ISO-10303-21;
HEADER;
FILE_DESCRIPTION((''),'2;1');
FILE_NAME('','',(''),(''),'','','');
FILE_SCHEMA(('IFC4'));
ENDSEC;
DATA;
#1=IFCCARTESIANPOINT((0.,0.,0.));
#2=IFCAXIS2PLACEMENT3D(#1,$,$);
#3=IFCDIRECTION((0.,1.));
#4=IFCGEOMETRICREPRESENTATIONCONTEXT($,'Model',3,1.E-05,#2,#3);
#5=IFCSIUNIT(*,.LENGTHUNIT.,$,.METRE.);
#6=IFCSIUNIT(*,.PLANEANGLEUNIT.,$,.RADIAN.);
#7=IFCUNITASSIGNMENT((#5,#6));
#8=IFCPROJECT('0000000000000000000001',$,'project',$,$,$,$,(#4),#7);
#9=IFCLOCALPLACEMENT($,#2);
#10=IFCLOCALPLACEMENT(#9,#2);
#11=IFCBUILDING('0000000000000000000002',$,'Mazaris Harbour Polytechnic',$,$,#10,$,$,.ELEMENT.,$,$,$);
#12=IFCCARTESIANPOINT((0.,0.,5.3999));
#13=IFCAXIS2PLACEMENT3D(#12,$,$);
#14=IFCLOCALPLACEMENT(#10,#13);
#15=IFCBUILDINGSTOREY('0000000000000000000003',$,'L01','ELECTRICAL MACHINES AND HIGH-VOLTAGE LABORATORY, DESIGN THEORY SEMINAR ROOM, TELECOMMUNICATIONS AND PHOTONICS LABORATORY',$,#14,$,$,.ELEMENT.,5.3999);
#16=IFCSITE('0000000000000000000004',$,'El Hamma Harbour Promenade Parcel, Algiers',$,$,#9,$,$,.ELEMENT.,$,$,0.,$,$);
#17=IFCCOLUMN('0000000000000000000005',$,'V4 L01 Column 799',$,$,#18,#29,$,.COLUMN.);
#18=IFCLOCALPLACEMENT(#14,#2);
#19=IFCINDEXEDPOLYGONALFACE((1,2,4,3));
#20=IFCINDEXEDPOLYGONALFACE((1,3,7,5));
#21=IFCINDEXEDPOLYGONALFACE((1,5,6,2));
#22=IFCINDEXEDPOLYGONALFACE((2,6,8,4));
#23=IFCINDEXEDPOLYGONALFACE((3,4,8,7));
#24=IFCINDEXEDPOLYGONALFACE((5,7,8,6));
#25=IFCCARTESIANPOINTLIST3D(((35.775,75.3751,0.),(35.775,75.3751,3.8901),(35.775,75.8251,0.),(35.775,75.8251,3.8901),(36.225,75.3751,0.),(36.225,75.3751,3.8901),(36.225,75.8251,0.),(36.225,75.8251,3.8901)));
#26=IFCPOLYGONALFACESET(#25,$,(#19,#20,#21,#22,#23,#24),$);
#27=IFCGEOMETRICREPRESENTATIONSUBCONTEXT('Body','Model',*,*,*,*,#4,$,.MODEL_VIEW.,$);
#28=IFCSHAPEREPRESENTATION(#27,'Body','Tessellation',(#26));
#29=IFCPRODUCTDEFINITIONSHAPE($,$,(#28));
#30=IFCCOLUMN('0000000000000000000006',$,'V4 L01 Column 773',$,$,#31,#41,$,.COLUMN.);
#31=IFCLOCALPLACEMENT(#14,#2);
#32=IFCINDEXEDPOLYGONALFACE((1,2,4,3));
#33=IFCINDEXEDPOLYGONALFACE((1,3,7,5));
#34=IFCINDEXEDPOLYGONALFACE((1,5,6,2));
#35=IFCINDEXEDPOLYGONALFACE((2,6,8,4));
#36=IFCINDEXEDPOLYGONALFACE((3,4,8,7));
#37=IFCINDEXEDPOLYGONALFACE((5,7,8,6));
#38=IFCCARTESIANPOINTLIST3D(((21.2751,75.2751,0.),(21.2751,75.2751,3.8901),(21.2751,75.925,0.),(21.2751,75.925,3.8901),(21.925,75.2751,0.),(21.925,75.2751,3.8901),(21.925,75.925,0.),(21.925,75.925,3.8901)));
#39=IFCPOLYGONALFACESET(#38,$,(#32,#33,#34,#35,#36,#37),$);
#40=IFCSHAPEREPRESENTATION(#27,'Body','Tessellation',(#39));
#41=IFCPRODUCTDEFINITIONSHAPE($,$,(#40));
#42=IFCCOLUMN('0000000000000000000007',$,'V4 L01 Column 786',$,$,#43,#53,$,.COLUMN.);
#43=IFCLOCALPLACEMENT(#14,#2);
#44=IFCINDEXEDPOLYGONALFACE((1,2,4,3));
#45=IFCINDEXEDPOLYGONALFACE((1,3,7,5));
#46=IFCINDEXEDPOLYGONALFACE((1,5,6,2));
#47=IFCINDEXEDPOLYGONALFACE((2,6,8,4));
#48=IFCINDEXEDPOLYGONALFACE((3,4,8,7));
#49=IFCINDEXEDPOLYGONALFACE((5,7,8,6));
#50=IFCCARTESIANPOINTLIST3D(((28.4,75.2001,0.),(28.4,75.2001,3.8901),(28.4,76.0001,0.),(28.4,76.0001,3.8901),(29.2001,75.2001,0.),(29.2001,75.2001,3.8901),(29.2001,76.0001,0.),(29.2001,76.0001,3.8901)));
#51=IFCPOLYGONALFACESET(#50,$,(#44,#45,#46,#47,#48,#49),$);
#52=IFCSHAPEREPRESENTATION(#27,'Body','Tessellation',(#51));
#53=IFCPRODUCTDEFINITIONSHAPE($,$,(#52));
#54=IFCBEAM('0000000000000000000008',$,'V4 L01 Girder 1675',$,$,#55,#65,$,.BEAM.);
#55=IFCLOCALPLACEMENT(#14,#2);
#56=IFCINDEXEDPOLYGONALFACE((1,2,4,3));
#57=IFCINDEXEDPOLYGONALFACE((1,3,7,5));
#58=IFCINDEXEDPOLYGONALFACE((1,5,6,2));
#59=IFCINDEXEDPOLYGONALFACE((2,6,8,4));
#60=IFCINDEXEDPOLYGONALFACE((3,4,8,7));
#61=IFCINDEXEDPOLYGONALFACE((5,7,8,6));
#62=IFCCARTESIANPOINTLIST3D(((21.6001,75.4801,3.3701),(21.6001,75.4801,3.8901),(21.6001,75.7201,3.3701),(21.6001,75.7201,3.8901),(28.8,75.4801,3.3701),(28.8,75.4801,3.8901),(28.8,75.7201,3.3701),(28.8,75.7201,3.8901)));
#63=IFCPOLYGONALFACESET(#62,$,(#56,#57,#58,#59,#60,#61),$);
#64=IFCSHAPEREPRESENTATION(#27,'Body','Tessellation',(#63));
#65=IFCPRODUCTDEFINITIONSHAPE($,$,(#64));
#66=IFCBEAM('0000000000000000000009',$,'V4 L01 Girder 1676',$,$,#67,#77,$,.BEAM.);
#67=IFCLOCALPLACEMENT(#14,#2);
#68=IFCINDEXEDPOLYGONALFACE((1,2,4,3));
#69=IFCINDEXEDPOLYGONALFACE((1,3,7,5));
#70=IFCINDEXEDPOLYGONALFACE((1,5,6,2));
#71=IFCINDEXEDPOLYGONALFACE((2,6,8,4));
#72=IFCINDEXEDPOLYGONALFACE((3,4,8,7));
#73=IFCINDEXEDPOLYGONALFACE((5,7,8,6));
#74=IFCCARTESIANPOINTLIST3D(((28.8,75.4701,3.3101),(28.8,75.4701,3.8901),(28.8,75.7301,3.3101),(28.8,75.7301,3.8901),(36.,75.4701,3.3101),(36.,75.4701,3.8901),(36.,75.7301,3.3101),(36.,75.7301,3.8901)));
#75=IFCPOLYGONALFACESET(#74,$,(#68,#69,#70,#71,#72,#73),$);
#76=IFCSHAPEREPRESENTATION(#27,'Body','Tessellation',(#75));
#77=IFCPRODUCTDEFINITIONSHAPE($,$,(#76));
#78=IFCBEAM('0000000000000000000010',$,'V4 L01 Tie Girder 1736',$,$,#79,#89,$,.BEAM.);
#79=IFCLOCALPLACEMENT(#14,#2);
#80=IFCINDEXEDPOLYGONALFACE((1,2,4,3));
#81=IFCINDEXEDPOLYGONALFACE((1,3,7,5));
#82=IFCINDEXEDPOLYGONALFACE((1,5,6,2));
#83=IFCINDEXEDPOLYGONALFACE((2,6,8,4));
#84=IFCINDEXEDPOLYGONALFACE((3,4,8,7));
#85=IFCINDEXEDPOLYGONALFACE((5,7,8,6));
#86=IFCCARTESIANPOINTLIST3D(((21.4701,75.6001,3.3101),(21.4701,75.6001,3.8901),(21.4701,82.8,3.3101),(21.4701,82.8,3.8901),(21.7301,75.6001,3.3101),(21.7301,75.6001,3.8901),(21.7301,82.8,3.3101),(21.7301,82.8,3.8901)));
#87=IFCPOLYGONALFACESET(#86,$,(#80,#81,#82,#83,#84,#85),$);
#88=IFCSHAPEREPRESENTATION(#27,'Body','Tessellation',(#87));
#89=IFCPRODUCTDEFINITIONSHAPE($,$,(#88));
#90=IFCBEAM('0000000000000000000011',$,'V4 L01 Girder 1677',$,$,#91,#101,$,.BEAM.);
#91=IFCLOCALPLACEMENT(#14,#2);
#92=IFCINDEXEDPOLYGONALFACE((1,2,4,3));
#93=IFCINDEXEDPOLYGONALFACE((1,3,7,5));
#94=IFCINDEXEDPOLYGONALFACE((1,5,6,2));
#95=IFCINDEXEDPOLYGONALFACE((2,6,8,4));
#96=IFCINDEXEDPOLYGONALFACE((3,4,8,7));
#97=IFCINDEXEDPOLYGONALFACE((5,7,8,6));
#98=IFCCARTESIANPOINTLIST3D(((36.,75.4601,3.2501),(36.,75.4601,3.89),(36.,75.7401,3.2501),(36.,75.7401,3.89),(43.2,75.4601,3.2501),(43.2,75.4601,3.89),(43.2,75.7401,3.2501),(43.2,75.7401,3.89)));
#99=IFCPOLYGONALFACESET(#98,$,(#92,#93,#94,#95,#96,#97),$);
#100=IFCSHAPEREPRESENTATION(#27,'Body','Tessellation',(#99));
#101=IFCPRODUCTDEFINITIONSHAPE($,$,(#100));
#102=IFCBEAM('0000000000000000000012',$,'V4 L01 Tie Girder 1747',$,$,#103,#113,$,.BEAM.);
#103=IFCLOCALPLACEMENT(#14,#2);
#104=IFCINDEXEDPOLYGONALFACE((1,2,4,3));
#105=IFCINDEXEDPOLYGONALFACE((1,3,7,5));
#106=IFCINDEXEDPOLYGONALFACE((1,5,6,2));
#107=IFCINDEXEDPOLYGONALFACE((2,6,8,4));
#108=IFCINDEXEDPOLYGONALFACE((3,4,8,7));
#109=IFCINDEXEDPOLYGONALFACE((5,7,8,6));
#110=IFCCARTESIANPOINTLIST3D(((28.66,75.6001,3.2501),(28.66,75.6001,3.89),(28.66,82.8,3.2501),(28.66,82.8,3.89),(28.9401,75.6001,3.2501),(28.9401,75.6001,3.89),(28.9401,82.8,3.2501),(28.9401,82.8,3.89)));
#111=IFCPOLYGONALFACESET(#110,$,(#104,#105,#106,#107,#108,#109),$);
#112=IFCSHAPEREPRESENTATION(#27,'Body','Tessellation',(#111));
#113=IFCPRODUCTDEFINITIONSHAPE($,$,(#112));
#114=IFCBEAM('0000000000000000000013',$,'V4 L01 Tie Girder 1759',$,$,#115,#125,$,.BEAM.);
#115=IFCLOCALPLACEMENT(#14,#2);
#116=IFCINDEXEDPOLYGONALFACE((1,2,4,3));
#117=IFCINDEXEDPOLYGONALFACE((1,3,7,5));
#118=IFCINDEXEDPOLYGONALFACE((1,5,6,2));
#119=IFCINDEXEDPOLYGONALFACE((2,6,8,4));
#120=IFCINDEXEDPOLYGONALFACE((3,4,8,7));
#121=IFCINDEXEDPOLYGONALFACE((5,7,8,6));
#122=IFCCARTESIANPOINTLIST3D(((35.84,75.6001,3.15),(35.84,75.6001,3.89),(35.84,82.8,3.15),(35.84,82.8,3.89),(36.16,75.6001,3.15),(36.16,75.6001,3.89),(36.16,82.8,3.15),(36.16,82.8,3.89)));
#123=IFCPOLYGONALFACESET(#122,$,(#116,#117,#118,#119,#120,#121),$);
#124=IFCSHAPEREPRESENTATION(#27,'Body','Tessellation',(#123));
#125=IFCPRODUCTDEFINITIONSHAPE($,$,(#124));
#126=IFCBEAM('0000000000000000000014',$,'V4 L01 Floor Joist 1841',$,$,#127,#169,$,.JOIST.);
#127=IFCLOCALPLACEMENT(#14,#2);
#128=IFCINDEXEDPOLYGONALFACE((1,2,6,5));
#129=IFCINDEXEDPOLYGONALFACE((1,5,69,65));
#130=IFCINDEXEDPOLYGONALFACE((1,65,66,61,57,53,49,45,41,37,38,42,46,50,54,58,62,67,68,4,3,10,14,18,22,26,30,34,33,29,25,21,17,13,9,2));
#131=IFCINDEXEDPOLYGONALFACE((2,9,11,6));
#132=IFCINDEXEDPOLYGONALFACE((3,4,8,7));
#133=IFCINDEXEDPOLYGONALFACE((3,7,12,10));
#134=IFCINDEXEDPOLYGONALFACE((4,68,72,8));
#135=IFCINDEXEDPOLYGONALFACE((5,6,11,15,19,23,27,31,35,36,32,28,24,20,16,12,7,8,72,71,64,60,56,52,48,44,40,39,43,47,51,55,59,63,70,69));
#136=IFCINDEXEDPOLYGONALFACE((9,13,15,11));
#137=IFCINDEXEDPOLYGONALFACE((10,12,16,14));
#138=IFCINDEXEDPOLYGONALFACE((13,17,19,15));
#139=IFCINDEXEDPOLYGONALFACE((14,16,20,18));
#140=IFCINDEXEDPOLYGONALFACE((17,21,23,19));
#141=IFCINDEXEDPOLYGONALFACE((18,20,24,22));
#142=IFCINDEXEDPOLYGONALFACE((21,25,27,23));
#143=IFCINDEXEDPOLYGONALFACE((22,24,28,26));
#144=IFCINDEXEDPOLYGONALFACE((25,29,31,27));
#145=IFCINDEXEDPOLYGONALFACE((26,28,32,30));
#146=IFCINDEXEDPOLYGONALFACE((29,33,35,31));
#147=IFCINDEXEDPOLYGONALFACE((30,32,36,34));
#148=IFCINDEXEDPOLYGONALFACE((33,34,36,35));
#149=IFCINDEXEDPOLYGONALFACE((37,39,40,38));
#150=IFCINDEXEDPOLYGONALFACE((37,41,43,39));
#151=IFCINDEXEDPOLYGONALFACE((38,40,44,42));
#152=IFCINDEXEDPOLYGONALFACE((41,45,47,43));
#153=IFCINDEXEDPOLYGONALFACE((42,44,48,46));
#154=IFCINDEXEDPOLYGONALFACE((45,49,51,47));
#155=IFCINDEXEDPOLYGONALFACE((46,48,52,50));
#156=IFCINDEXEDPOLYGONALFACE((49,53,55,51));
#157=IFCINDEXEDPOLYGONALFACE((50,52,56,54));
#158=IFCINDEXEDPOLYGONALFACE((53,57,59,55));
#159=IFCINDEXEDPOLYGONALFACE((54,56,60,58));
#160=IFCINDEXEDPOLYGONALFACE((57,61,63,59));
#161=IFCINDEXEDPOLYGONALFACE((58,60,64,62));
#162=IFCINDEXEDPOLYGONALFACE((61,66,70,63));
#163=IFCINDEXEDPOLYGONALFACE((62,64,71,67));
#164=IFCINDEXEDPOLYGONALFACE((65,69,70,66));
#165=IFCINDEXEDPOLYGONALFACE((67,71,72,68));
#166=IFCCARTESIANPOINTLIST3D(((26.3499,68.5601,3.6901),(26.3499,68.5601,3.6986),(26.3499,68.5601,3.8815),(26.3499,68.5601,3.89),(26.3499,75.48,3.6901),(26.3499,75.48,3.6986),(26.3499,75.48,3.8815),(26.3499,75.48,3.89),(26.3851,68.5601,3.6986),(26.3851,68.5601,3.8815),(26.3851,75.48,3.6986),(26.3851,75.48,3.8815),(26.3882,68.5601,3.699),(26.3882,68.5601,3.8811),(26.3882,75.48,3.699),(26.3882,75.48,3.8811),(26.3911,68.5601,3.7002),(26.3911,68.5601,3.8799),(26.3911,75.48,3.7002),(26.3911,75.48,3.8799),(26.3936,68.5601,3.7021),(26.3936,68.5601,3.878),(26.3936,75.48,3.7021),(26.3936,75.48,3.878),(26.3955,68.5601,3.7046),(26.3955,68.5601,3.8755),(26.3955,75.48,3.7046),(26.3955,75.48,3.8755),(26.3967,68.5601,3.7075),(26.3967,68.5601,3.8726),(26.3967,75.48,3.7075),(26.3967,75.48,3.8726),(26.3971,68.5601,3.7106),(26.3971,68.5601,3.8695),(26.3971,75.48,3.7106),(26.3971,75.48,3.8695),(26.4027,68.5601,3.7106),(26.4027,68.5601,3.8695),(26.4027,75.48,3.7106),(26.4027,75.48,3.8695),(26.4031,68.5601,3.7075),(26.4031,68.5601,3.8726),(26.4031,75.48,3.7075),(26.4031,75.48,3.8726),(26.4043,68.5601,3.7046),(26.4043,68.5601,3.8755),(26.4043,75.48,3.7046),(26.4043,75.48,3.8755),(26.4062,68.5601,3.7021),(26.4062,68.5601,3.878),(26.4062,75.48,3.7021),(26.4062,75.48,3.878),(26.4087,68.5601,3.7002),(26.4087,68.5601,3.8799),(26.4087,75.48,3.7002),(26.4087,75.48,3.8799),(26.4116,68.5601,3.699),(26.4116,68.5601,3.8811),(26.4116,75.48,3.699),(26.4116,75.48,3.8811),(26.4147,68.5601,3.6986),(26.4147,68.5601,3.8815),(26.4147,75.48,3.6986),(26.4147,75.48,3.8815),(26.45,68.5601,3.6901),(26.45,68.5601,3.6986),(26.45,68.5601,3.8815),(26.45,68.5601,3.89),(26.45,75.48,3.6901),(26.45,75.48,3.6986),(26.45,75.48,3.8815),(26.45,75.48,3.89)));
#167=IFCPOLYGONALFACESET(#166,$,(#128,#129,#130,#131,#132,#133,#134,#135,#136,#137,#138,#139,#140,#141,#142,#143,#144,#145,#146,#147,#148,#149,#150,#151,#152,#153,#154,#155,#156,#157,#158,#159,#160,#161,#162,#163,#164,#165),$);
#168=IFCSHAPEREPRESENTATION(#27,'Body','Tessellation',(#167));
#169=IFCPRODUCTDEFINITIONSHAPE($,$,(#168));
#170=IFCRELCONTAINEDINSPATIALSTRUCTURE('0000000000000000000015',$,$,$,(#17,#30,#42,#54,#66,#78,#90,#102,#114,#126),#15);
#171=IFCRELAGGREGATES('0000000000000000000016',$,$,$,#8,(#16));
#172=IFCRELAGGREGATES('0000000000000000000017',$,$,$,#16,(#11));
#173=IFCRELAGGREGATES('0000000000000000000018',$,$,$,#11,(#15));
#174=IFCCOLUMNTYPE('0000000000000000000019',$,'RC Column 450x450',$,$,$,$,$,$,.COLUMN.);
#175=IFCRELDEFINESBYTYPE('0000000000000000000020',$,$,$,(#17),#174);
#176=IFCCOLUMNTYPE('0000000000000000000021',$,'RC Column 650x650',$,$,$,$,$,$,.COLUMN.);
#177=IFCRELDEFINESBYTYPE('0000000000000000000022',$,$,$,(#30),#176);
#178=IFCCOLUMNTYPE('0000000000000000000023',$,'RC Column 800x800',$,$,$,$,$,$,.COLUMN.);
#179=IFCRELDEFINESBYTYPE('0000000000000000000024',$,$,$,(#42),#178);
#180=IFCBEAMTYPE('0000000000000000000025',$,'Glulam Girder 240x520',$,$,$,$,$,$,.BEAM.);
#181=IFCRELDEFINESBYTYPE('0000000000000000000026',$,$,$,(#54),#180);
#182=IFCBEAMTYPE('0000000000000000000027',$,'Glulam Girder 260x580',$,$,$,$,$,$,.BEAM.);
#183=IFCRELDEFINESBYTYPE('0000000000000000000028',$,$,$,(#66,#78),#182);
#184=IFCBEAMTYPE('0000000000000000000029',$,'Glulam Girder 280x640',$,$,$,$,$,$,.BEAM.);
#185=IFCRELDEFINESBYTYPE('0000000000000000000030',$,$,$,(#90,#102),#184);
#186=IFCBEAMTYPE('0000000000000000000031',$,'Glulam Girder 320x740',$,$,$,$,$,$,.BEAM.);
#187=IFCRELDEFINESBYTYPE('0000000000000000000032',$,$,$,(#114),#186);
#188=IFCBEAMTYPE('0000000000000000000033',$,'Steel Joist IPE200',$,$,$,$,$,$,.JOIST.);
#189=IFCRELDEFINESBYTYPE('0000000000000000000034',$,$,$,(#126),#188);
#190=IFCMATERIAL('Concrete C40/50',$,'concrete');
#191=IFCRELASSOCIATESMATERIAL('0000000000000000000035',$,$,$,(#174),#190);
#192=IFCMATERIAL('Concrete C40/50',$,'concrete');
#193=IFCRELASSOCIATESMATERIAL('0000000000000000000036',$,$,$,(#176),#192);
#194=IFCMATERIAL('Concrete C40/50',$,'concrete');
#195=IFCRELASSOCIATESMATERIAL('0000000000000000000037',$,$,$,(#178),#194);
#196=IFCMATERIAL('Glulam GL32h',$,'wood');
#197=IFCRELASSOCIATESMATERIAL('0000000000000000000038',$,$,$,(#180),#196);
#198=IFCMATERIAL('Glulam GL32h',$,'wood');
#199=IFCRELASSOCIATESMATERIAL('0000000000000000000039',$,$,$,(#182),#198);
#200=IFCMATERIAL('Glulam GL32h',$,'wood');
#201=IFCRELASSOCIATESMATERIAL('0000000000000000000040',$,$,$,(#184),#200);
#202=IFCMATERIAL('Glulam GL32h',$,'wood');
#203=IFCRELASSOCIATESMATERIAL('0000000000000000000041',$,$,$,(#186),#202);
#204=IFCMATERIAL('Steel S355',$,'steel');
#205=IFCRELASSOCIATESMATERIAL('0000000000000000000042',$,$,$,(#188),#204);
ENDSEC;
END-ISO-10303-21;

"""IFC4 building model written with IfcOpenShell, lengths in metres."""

from ifc_helpers import new_model, si_unit, direction, frame, origin, origin_2d, place, context, subcontext, project, spatial, rectangle, i_section, extrude, material, material_profile, profile_set, type_object, element, save


model = new_model("IFC4")

# Units and contexts
model_context = context("Model", 3, precision=1e-05, world=origin(), true_north=direction((0.0, 1.0)))
body_context = subcontext(model_context, "Body", "Model", "MODEL_VIEW")
ifc_project = project(units=[si_unit("LENGTHUNIT", "METRE"), si_unit("PLANEANGLEUNIT", "RADIAN")], contexts=[model_context])

# Site, building, storey
site_placement = place(None, origin())
site = spatial("IfcSite", under=ifc_project, at=site_placement, Name="El Hamma Harbour Promenade Parcel, Algiers", CompositionType="ELEMENT", RefElevation=0.0)
building_placement = place(site_placement, origin())
building = spatial("IfcBuilding", under=site, at=building_placement, Name="Mazaris Harbour Polytechnic", CompositionType="ELEMENT")
storey_placement = place(building_placement, frame((0.0, 0.0, 5.3999)))
storey = spatial("IfcBuildingStorey", under=building, at=storey_placement, Name="L01", Description="ELECTRICAL MACHINES AND HIGH-VOLTAGE LABORATORY, DESIGN THEORY SEMINAR ROOM, TELECOMMUNICATIONS AND PHOTONICS LABORATORY", CompositionType="ELEMENT", Elevation=5.3999)

# Columns
ifc_material_1 = material(Name="Concrete C40/50", Category="concrete")
ifc_material_profile_1 = material_profile(ifc_material_1, rectangle(XDim=0.45, YDim=0.45, at=origin_2d()), Name="RECT450x450")
ifc_profile_set_1 = profile_set([ifc_material_profile_1], Name="Concrete C40/50")
column_type_1 = type_object("IfcColumnType", Name="RC Column 450x450", PredefinedType="COLUMN", material=ifc_profile_set_1)
column_1_placement = place(storey_placement, frame((36.0, 75.6001, 0.0), z_axis=(0.0, 0.0, 1.0), x_axis=(1.0, 0.0, 0.0)))
element("IfcColumn", 1, at=column_1_placement, inside=storey, type_object=column_type_1, Name="V4 L01 Column 799", PredefinedType="COLUMN", context=body_context, shape_type="SweptSolid", body=[
    extrude(rectangle(XDim=0.45, YDim=0.45, at=origin_2d()), origin(), (0.0, 0.0, 1.0), 3.8901),
])
ifc_material_2 = material(Name="Concrete C40/50", Category="concrete")
ifc_material_profile_2 = material_profile(ifc_material_2, rectangle(XDim=0.6499, YDim=0.6499, at=origin_2d()), Name="RECT650x650")
ifc_profile_set_2 = profile_set([ifc_material_profile_2], Name="Concrete C40/50")
column_type_2 = type_object("IfcColumnType", Name="RC Column 650x650", PredefinedType="COLUMN", material=ifc_profile_set_2)
column_2_placement = place(storey_placement, frame((21.6001, 75.6001, 0.0), z_axis=(0.0, 0.0, 1.0), x_axis=(1.0, 0.0, 0.0)))
element("IfcColumn", 2, at=column_2_placement, inside=storey, type_object=column_type_2, Name="V4 L01 Column 773", PredefinedType="COLUMN", context=body_context, shape_type="SweptSolid", body=[
    extrude(rectangle(XDim=0.6499, YDim=0.6499, at=origin_2d()), origin(), (0.0, 0.0, 1.0), 3.8901),
])
ifc_material_3 = material(Name="Concrete C40/50", Category="concrete")
ifc_material_profile_3 = material_profile(ifc_material_3, rectangle(XDim=0.8, YDim=0.8, at=origin_2d()), Name="RECT800x800")
ifc_profile_set_3 = profile_set([ifc_material_profile_3], Name="Concrete C40/50")
column_type_3 = type_object("IfcColumnType", Name="RC Column 800x800", PredefinedType="COLUMN", material=ifc_profile_set_3)
column_3_placement = place(storey_placement, frame((28.8, 75.6001, 0.0), z_axis=(0.0, 0.0, 1.0), x_axis=(1.0, 0.0, 0.0)))
element("IfcColumn", 3, at=column_3_placement, inside=storey, type_object=column_type_3, Name="V4 L01 Column 786", PredefinedType="COLUMN", context=body_context, shape_type="SweptSolid", body=[
    extrude(rectangle(XDim=0.8, YDim=0.8, at=origin_2d()), origin(), (0.0, 0.0, 1.0), 3.8901),
])

# Beams
ifc_material_4 = material(Name="Glulam GL32h", Category="wood")
ifc_material_profile_4 = material_profile(ifc_material_4, rectangle(XDim=0.24, YDim=0.52, at=origin_2d()), Name="RECT240x520")
ifc_profile_set_4 = profile_set([ifc_material_profile_4], Name="Glulam GL32h")
beam_type_1 = type_object("IfcBeamType", Name="Glulam Girder 240x520", PredefinedType="BEAM", material=ifc_profile_set_4)
beam_1_placement = place(storey_placement, frame((21.6001, 75.6001, 3.6301), z_axis=(1.0, 0.0, 0.0), x_axis=(0.0, 1.0, 0.0)))
element("IfcBeam", 4, at=beam_1_placement, inside=storey, type_object=beam_type_1, Name="V4 L01 Girder 1675", PredefinedType="BEAM", context=body_context, shape_type="SweptSolid", body=[
    extrude(rectangle(XDim=0.24, YDim=0.52, at=origin_2d()), origin(), (0.0, 0.0, 1.0), 7.2),
])
ifc_material_5 = material(Name="Glulam GL32h", Category="wood")
ifc_material_profile_5 = material_profile(ifc_material_5, rectangle(XDim=0.26, YDim=0.5801, at=origin_2d()), Name="RECT260x580")
ifc_profile_set_5 = profile_set([ifc_material_profile_5], Name="Glulam GL32h")
beam_type_2 = type_object("IfcBeamType", Name="Glulam Girder 260x580", PredefinedType="BEAM", material=ifc_profile_set_5)
for number, where, z_axis, x_axis, name in (
    (5, (28.8, 75.6001, 3.6001), (1.0, 0.0, 0.0), (0.0, 1.0, 0.0), "V4 L01 Girder 1676"),
    (6, (21.6001, 75.6001, 3.6001), (0.0, 1.0, 0.0), (-1.0, 0.0, 0.0), "V4 L01 Tie Girder 1736"),
):
    element("IfcBeam", number, at=place(storey_placement, frame(where, z_axis=z_axis, x_axis=x_axis)), inside=storey, type_object=beam_type_2, Name=name, PredefinedType="BEAM", context=body_context, shape_type="SweptSolid", body=[
        extrude(rectangle(XDim=0.26, YDim=0.5801, at=origin_2d()), origin(), (0.0, 0.0, 1.0), 7.2),
    ])
ifc_material_6 = material(Name="Glulam GL32h", Category="wood")
ifc_material_profile_6 = material_profile(ifc_material_6, rectangle(XDim=0.28, YDim=0.6399, at=origin_2d()), Name="RECT280x640")
ifc_profile_set_6 = profile_set([ifc_material_profile_6], Name="Glulam GL32h")
beam_type_3 = type_object("IfcBeamType", Name="Glulam Girder 280x640", PredefinedType="BEAM", material=ifc_profile_set_6)
for number, where, z_axis, x_axis, name in (
    (7, (36.0, 75.6001, 3.5701), (1.0, 0.0, 0.0), (0.0, 1.0, 0.0), "V4 L01 Girder 1677"),
    (8, (28.8, 75.6001, 3.5701), (0.0, 1.0, 0.0), (-1.0, 0.0, 0.0), "V4 L01 Tie Girder 1747"),
):
    element("IfcBeam", number, at=place(storey_placement, frame(where, z_axis=z_axis, x_axis=x_axis)), inside=storey, type_object=beam_type_3, Name=name, PredefinedType="BEAM", context=body_context, shape_type="SweptSolid", body=[
        extrude(rectangle(XDim=0.28, YDim=0.6399, at=origin_2d()), origin(), (0.0, 0.0, 1.0), 7.2),
    ])
ifc_material_7 = material(Name="Glulam GL32h", Category="wood")
ifc_material_profile_7 = material_profile(ifc_material_7, rectangle(XDim=0.3201, YDim=0.74, at=origin_2d()), Name="RECT320x740")
ifc_profile_set_7 = profile_set([ifc_material_profile_7], Name="Glulam GL32h")
beam_type_4 = type_object("IfcBeamType", Name="Glulam Girder 320x740", PredefinedType="BEAM", material=ifc_profile_set_7)
beam_2_placement = place(storey_placement, frame((36.0, 75.6001, 3.52), z_axis=(0.0, 1.0, 0.0), x_axis=(-1.0, 0.0, 0.0)))
element("IfcBeam", 9, at=beam_2_placement, inside=storey, type_object=beam_type_4, Name="V4 L01 Tie Girder 1759", PredefinedType="BEAM", context=body_context, shape_type="SweptSolid", body=[
    extrude(rectangle(XDim=0.3201, YDim=0.74, at=origin_2d()), origin(), (0.0, 0.0, 1.0), 7.2),
])
ifc_material_8 = material(Name="Steel S355", Category="steel")
ifc_material_profile_8 = material_profile(ifc_material_8, i_section(OverallWidth=0.1001, OverallDepth=0.2, WebThickness=0.0056, FlangeThickness=0.0085, FilletRadius=0.012, at=origin_2d()), Name="IPE 200")
ifc_profile_set_8 = profile_set([ifc_material_profile_8], Name="Steel S355")
beam_type_5 = type_object("IfcBeamType", Name="Steel Joist IPE200", PredefinedType="JOIST", material=ifc_profile_set_8)
beam_3_placement = place(storey_placement, frame((26.3999, 68.5601, 3.79), z_axis=(0.0, 1.0, 0.0), x_axis=(-1.0, 0.0, 0.0)))
element("IfcBeam", 10, at=beam_3_placement, inside=storey, type_object=beam_type_5, Name="V4 L01 Floor Joist 1841", PredefinedType="JOIST", context=body_context, shape_type="SweptSolid", body=[
    extrude(i_section(OverallWidth=0.1001, OverallDepth=0.2, WebThickness=0.0056, FlangeThickness=0.0085, FilletRadius=0.012, at=origin_2d()), origin(), (0.0, 0.0, 1.0), 6.9199),
])

save(model, "model.ifc")
